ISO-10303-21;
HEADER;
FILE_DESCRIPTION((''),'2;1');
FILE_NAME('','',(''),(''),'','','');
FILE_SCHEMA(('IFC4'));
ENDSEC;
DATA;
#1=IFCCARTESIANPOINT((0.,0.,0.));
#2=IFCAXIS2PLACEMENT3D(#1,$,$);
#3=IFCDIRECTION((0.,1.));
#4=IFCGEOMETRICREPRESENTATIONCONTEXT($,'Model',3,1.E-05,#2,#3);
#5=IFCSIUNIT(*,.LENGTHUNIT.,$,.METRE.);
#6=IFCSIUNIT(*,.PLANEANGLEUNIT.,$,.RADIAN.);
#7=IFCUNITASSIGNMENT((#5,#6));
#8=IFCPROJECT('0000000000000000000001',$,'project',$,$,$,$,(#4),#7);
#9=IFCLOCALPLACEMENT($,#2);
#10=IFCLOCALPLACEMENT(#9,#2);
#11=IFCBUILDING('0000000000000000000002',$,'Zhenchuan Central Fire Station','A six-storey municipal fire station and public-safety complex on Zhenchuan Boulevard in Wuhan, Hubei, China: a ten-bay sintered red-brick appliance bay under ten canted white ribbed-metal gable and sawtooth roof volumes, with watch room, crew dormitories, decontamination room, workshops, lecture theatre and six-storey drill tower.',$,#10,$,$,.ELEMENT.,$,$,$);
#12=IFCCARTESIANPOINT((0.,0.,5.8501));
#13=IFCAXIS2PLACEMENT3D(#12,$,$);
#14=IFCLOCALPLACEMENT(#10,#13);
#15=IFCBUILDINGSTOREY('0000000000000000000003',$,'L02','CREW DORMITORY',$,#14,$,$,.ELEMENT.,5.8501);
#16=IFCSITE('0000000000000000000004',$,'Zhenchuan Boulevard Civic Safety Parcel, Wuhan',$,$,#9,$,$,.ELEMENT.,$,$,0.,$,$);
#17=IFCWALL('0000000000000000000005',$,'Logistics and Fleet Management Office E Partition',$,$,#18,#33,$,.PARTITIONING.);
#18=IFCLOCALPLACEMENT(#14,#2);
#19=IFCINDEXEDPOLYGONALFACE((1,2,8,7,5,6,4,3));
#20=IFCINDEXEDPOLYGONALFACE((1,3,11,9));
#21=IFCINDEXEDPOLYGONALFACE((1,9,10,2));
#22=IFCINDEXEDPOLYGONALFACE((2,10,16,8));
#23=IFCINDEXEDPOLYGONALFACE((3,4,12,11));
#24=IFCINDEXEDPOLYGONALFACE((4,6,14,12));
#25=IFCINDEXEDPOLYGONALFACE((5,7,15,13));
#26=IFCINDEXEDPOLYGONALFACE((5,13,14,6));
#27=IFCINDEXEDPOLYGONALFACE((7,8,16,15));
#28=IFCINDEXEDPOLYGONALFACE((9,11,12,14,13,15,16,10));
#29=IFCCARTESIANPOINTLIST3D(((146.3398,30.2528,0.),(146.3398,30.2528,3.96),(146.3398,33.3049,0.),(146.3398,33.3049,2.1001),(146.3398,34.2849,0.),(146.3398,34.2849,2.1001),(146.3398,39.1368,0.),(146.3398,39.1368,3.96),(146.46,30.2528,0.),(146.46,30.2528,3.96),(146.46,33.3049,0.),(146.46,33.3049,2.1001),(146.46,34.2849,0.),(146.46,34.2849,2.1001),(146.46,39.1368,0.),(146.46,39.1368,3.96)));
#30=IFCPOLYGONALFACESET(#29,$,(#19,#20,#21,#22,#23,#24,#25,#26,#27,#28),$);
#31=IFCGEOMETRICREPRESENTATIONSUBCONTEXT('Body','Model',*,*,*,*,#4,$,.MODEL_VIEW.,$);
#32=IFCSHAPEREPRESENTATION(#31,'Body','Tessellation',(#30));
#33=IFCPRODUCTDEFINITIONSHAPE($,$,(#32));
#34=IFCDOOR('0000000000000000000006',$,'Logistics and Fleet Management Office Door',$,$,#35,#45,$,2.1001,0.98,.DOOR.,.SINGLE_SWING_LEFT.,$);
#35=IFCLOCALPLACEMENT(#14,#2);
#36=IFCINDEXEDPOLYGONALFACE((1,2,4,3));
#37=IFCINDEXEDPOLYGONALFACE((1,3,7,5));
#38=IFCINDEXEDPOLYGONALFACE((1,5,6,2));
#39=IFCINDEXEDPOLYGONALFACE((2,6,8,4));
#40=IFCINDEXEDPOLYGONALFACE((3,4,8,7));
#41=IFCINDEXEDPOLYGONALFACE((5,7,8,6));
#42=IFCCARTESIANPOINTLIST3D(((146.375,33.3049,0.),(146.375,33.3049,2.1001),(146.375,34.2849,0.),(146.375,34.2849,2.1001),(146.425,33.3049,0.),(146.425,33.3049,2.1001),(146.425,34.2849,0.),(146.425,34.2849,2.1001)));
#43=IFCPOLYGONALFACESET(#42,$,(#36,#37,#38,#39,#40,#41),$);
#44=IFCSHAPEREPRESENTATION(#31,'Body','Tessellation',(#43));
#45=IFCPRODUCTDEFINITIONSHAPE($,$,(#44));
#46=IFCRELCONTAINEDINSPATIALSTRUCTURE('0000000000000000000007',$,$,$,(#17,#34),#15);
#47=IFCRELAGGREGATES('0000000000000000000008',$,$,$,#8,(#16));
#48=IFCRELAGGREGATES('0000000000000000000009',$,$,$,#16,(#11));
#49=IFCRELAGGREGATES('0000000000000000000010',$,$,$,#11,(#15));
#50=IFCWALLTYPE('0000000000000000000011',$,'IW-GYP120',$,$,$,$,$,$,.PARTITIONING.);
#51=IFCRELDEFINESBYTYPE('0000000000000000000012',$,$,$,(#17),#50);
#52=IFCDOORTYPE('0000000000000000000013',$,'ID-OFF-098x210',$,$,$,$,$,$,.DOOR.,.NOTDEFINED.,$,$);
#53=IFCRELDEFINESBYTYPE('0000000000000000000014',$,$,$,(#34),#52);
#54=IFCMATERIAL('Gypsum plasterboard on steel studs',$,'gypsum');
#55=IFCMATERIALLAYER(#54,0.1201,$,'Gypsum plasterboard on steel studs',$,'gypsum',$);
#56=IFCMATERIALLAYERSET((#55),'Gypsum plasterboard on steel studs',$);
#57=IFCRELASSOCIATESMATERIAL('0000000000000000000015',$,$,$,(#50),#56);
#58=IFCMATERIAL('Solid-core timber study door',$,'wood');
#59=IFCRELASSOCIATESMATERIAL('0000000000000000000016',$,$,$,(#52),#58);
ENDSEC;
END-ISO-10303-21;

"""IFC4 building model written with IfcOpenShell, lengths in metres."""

from ifc_helpers import new_model, si_unit, direction, frame, frame_2d, origin, place, context, subcontext, project, spatial, rectangle, extrude, material, layer, layer_set, type_object, element, fill, save


model = new_model("IFC4")

# Units and contexts
model_context = context("Model", 3, precision=1e-05, world=origin(), true_north=direction((0.0, 1.0)))
body_context = subcontext(model_context, "Body", "Model", "MODEL_VIEW")
ifc_project = project(units=[si_unit("LENGTHUNIT", "METRE"), si_unit("PLANEANGLEUNIT", "RADIAN")], contexts=[model_context])

# Site, building, storey
site_placement = place(None, origin())
site = spatial("IfcSite", under=ifc_project, at=site_placement, Name="Zhenchuan Boulevard Civic Safety Parcel, Wuhan", CompositionType="ELEMENT", RefElevation=0.0)
building_placement = place(site_placement, origin())
building = spatial("IfcBuilding", under=site, at=building_placement, Name="Zhenchuan Central Fire Station", Description="A six-storey municipal fire station and public-safety complex on Zhenchuan Boulevard in Wuhan, Hubei, China: a ten-bay sintered red-brick appliance bay under ten canted white ribbed-metal gable and sawtooth roof volumes, with watch room, crew dormitories, decontamination room, workshops, lecture theatre and six-storey drill tower.", CompositionType="ELEMENT")
storey_placement = place(building_placement, frame((0.0, 0.0, 5.8501)))
storey = spatial("IfcBuildingStorey", under=building, at=storey_placement, Name="L02", Description="CREW DORMITORY", CompositionType="ELEMENT", Elevation=5.8501)

# Shared definitions
ifc_material_1 = material(Name="Gypsum plasterboard on steel studs", Category="gypsum")
ifc_layer_1 = layer(ifc_material_1, 0.1201, Name="Gypsum plasterboard on steel studs", Category="gypsum")
ifc_layer_set_1 = layer_set([ifc_layer_1], Name="Gypsum plasterboard on steel studs")
wall_type_1 = type_object("IfcWallType", Name="IW-GYP120", PredefinedType="PARTITIONING", material=ifc_layer_set_1)

# Wall, opening, door
wall_1_placement = place(storey_placement, frame((146.3999, 30.2529, 0.0), z_axis=(0.0, 0.0, 1.0), x_axis=(0.0, 1.0, 0.0)))
wall_1 = element("IfcWall", 1, at=wall_1_placement, inside=storey, type_object=wall_type_1, Name="Logistics and Fleet Management Office E Partition", PredefinedType="PARTITIONING", context=body_context, shape_type="SweptSolid", body=[
    extrude(rectangle(XDim=8.884, YDim=0.1201, at=frame_2d((4.4419, 0.0))), origin(), (0.0, 0.0, 1.0), 3.96),
])
opening_1_placement = place(wall_1_placement, frame((3.052, 0.0, 0.0)))
opening_1 = element("IfcOpeningElement", 2, at=opening_1_placement, cuts=wall_1, PredefinedType="OPENING", context=body_context, shape_type="SweptSolid", body=[
    extrude(rectangle(XDim=0.98, YDim=2.1001, at=frame_2d((0.49, 1.05))), frame((0.0, 0.0701, 0.0), z_axis=(0.0, -1.0, 0.0), x_axis=(1.0, 0.0, 0.0)), (0.0, 0.0, 1.0), 0.1401),
])
ifc_material_2 = material(Name="Solid-core timber study door", Category="wood")
door_type_1 = type_object("IfcDoorType", Name="ID-OFF-098x210", OperationType="NOTDEFINED", PredefinedType="DOOR", material=ifc_material_2)
door_1_placement = place(opening_1_placement, origin())
door_1 = element("IfcDoor", 3, at=door_1_placement, inside=storey, type_object=door_type_1, Name="Logistics and Fleet Management Office Door", OperationType="SINGLE_SWING_LEFT", OverallHeight=2.1001, OverallWidth=0.98, PredefinedType="DOOR", context=body_context, shape_type="SweptSolid", body=[
    extrude(rectangle(XDim=0.98, YDim=2.1001, at=frame_2d((0.49, 1.05))), frame((0.0, 0.0249, 0.0), z_axis=(0.0, -1.0, 0.0), x_axis=(1.0, 0.0, 0.0)), (0.0, 0.0, 1.0), 0.05),
])
fill(opening_1, door_1)

save(model, "model.ifc")
